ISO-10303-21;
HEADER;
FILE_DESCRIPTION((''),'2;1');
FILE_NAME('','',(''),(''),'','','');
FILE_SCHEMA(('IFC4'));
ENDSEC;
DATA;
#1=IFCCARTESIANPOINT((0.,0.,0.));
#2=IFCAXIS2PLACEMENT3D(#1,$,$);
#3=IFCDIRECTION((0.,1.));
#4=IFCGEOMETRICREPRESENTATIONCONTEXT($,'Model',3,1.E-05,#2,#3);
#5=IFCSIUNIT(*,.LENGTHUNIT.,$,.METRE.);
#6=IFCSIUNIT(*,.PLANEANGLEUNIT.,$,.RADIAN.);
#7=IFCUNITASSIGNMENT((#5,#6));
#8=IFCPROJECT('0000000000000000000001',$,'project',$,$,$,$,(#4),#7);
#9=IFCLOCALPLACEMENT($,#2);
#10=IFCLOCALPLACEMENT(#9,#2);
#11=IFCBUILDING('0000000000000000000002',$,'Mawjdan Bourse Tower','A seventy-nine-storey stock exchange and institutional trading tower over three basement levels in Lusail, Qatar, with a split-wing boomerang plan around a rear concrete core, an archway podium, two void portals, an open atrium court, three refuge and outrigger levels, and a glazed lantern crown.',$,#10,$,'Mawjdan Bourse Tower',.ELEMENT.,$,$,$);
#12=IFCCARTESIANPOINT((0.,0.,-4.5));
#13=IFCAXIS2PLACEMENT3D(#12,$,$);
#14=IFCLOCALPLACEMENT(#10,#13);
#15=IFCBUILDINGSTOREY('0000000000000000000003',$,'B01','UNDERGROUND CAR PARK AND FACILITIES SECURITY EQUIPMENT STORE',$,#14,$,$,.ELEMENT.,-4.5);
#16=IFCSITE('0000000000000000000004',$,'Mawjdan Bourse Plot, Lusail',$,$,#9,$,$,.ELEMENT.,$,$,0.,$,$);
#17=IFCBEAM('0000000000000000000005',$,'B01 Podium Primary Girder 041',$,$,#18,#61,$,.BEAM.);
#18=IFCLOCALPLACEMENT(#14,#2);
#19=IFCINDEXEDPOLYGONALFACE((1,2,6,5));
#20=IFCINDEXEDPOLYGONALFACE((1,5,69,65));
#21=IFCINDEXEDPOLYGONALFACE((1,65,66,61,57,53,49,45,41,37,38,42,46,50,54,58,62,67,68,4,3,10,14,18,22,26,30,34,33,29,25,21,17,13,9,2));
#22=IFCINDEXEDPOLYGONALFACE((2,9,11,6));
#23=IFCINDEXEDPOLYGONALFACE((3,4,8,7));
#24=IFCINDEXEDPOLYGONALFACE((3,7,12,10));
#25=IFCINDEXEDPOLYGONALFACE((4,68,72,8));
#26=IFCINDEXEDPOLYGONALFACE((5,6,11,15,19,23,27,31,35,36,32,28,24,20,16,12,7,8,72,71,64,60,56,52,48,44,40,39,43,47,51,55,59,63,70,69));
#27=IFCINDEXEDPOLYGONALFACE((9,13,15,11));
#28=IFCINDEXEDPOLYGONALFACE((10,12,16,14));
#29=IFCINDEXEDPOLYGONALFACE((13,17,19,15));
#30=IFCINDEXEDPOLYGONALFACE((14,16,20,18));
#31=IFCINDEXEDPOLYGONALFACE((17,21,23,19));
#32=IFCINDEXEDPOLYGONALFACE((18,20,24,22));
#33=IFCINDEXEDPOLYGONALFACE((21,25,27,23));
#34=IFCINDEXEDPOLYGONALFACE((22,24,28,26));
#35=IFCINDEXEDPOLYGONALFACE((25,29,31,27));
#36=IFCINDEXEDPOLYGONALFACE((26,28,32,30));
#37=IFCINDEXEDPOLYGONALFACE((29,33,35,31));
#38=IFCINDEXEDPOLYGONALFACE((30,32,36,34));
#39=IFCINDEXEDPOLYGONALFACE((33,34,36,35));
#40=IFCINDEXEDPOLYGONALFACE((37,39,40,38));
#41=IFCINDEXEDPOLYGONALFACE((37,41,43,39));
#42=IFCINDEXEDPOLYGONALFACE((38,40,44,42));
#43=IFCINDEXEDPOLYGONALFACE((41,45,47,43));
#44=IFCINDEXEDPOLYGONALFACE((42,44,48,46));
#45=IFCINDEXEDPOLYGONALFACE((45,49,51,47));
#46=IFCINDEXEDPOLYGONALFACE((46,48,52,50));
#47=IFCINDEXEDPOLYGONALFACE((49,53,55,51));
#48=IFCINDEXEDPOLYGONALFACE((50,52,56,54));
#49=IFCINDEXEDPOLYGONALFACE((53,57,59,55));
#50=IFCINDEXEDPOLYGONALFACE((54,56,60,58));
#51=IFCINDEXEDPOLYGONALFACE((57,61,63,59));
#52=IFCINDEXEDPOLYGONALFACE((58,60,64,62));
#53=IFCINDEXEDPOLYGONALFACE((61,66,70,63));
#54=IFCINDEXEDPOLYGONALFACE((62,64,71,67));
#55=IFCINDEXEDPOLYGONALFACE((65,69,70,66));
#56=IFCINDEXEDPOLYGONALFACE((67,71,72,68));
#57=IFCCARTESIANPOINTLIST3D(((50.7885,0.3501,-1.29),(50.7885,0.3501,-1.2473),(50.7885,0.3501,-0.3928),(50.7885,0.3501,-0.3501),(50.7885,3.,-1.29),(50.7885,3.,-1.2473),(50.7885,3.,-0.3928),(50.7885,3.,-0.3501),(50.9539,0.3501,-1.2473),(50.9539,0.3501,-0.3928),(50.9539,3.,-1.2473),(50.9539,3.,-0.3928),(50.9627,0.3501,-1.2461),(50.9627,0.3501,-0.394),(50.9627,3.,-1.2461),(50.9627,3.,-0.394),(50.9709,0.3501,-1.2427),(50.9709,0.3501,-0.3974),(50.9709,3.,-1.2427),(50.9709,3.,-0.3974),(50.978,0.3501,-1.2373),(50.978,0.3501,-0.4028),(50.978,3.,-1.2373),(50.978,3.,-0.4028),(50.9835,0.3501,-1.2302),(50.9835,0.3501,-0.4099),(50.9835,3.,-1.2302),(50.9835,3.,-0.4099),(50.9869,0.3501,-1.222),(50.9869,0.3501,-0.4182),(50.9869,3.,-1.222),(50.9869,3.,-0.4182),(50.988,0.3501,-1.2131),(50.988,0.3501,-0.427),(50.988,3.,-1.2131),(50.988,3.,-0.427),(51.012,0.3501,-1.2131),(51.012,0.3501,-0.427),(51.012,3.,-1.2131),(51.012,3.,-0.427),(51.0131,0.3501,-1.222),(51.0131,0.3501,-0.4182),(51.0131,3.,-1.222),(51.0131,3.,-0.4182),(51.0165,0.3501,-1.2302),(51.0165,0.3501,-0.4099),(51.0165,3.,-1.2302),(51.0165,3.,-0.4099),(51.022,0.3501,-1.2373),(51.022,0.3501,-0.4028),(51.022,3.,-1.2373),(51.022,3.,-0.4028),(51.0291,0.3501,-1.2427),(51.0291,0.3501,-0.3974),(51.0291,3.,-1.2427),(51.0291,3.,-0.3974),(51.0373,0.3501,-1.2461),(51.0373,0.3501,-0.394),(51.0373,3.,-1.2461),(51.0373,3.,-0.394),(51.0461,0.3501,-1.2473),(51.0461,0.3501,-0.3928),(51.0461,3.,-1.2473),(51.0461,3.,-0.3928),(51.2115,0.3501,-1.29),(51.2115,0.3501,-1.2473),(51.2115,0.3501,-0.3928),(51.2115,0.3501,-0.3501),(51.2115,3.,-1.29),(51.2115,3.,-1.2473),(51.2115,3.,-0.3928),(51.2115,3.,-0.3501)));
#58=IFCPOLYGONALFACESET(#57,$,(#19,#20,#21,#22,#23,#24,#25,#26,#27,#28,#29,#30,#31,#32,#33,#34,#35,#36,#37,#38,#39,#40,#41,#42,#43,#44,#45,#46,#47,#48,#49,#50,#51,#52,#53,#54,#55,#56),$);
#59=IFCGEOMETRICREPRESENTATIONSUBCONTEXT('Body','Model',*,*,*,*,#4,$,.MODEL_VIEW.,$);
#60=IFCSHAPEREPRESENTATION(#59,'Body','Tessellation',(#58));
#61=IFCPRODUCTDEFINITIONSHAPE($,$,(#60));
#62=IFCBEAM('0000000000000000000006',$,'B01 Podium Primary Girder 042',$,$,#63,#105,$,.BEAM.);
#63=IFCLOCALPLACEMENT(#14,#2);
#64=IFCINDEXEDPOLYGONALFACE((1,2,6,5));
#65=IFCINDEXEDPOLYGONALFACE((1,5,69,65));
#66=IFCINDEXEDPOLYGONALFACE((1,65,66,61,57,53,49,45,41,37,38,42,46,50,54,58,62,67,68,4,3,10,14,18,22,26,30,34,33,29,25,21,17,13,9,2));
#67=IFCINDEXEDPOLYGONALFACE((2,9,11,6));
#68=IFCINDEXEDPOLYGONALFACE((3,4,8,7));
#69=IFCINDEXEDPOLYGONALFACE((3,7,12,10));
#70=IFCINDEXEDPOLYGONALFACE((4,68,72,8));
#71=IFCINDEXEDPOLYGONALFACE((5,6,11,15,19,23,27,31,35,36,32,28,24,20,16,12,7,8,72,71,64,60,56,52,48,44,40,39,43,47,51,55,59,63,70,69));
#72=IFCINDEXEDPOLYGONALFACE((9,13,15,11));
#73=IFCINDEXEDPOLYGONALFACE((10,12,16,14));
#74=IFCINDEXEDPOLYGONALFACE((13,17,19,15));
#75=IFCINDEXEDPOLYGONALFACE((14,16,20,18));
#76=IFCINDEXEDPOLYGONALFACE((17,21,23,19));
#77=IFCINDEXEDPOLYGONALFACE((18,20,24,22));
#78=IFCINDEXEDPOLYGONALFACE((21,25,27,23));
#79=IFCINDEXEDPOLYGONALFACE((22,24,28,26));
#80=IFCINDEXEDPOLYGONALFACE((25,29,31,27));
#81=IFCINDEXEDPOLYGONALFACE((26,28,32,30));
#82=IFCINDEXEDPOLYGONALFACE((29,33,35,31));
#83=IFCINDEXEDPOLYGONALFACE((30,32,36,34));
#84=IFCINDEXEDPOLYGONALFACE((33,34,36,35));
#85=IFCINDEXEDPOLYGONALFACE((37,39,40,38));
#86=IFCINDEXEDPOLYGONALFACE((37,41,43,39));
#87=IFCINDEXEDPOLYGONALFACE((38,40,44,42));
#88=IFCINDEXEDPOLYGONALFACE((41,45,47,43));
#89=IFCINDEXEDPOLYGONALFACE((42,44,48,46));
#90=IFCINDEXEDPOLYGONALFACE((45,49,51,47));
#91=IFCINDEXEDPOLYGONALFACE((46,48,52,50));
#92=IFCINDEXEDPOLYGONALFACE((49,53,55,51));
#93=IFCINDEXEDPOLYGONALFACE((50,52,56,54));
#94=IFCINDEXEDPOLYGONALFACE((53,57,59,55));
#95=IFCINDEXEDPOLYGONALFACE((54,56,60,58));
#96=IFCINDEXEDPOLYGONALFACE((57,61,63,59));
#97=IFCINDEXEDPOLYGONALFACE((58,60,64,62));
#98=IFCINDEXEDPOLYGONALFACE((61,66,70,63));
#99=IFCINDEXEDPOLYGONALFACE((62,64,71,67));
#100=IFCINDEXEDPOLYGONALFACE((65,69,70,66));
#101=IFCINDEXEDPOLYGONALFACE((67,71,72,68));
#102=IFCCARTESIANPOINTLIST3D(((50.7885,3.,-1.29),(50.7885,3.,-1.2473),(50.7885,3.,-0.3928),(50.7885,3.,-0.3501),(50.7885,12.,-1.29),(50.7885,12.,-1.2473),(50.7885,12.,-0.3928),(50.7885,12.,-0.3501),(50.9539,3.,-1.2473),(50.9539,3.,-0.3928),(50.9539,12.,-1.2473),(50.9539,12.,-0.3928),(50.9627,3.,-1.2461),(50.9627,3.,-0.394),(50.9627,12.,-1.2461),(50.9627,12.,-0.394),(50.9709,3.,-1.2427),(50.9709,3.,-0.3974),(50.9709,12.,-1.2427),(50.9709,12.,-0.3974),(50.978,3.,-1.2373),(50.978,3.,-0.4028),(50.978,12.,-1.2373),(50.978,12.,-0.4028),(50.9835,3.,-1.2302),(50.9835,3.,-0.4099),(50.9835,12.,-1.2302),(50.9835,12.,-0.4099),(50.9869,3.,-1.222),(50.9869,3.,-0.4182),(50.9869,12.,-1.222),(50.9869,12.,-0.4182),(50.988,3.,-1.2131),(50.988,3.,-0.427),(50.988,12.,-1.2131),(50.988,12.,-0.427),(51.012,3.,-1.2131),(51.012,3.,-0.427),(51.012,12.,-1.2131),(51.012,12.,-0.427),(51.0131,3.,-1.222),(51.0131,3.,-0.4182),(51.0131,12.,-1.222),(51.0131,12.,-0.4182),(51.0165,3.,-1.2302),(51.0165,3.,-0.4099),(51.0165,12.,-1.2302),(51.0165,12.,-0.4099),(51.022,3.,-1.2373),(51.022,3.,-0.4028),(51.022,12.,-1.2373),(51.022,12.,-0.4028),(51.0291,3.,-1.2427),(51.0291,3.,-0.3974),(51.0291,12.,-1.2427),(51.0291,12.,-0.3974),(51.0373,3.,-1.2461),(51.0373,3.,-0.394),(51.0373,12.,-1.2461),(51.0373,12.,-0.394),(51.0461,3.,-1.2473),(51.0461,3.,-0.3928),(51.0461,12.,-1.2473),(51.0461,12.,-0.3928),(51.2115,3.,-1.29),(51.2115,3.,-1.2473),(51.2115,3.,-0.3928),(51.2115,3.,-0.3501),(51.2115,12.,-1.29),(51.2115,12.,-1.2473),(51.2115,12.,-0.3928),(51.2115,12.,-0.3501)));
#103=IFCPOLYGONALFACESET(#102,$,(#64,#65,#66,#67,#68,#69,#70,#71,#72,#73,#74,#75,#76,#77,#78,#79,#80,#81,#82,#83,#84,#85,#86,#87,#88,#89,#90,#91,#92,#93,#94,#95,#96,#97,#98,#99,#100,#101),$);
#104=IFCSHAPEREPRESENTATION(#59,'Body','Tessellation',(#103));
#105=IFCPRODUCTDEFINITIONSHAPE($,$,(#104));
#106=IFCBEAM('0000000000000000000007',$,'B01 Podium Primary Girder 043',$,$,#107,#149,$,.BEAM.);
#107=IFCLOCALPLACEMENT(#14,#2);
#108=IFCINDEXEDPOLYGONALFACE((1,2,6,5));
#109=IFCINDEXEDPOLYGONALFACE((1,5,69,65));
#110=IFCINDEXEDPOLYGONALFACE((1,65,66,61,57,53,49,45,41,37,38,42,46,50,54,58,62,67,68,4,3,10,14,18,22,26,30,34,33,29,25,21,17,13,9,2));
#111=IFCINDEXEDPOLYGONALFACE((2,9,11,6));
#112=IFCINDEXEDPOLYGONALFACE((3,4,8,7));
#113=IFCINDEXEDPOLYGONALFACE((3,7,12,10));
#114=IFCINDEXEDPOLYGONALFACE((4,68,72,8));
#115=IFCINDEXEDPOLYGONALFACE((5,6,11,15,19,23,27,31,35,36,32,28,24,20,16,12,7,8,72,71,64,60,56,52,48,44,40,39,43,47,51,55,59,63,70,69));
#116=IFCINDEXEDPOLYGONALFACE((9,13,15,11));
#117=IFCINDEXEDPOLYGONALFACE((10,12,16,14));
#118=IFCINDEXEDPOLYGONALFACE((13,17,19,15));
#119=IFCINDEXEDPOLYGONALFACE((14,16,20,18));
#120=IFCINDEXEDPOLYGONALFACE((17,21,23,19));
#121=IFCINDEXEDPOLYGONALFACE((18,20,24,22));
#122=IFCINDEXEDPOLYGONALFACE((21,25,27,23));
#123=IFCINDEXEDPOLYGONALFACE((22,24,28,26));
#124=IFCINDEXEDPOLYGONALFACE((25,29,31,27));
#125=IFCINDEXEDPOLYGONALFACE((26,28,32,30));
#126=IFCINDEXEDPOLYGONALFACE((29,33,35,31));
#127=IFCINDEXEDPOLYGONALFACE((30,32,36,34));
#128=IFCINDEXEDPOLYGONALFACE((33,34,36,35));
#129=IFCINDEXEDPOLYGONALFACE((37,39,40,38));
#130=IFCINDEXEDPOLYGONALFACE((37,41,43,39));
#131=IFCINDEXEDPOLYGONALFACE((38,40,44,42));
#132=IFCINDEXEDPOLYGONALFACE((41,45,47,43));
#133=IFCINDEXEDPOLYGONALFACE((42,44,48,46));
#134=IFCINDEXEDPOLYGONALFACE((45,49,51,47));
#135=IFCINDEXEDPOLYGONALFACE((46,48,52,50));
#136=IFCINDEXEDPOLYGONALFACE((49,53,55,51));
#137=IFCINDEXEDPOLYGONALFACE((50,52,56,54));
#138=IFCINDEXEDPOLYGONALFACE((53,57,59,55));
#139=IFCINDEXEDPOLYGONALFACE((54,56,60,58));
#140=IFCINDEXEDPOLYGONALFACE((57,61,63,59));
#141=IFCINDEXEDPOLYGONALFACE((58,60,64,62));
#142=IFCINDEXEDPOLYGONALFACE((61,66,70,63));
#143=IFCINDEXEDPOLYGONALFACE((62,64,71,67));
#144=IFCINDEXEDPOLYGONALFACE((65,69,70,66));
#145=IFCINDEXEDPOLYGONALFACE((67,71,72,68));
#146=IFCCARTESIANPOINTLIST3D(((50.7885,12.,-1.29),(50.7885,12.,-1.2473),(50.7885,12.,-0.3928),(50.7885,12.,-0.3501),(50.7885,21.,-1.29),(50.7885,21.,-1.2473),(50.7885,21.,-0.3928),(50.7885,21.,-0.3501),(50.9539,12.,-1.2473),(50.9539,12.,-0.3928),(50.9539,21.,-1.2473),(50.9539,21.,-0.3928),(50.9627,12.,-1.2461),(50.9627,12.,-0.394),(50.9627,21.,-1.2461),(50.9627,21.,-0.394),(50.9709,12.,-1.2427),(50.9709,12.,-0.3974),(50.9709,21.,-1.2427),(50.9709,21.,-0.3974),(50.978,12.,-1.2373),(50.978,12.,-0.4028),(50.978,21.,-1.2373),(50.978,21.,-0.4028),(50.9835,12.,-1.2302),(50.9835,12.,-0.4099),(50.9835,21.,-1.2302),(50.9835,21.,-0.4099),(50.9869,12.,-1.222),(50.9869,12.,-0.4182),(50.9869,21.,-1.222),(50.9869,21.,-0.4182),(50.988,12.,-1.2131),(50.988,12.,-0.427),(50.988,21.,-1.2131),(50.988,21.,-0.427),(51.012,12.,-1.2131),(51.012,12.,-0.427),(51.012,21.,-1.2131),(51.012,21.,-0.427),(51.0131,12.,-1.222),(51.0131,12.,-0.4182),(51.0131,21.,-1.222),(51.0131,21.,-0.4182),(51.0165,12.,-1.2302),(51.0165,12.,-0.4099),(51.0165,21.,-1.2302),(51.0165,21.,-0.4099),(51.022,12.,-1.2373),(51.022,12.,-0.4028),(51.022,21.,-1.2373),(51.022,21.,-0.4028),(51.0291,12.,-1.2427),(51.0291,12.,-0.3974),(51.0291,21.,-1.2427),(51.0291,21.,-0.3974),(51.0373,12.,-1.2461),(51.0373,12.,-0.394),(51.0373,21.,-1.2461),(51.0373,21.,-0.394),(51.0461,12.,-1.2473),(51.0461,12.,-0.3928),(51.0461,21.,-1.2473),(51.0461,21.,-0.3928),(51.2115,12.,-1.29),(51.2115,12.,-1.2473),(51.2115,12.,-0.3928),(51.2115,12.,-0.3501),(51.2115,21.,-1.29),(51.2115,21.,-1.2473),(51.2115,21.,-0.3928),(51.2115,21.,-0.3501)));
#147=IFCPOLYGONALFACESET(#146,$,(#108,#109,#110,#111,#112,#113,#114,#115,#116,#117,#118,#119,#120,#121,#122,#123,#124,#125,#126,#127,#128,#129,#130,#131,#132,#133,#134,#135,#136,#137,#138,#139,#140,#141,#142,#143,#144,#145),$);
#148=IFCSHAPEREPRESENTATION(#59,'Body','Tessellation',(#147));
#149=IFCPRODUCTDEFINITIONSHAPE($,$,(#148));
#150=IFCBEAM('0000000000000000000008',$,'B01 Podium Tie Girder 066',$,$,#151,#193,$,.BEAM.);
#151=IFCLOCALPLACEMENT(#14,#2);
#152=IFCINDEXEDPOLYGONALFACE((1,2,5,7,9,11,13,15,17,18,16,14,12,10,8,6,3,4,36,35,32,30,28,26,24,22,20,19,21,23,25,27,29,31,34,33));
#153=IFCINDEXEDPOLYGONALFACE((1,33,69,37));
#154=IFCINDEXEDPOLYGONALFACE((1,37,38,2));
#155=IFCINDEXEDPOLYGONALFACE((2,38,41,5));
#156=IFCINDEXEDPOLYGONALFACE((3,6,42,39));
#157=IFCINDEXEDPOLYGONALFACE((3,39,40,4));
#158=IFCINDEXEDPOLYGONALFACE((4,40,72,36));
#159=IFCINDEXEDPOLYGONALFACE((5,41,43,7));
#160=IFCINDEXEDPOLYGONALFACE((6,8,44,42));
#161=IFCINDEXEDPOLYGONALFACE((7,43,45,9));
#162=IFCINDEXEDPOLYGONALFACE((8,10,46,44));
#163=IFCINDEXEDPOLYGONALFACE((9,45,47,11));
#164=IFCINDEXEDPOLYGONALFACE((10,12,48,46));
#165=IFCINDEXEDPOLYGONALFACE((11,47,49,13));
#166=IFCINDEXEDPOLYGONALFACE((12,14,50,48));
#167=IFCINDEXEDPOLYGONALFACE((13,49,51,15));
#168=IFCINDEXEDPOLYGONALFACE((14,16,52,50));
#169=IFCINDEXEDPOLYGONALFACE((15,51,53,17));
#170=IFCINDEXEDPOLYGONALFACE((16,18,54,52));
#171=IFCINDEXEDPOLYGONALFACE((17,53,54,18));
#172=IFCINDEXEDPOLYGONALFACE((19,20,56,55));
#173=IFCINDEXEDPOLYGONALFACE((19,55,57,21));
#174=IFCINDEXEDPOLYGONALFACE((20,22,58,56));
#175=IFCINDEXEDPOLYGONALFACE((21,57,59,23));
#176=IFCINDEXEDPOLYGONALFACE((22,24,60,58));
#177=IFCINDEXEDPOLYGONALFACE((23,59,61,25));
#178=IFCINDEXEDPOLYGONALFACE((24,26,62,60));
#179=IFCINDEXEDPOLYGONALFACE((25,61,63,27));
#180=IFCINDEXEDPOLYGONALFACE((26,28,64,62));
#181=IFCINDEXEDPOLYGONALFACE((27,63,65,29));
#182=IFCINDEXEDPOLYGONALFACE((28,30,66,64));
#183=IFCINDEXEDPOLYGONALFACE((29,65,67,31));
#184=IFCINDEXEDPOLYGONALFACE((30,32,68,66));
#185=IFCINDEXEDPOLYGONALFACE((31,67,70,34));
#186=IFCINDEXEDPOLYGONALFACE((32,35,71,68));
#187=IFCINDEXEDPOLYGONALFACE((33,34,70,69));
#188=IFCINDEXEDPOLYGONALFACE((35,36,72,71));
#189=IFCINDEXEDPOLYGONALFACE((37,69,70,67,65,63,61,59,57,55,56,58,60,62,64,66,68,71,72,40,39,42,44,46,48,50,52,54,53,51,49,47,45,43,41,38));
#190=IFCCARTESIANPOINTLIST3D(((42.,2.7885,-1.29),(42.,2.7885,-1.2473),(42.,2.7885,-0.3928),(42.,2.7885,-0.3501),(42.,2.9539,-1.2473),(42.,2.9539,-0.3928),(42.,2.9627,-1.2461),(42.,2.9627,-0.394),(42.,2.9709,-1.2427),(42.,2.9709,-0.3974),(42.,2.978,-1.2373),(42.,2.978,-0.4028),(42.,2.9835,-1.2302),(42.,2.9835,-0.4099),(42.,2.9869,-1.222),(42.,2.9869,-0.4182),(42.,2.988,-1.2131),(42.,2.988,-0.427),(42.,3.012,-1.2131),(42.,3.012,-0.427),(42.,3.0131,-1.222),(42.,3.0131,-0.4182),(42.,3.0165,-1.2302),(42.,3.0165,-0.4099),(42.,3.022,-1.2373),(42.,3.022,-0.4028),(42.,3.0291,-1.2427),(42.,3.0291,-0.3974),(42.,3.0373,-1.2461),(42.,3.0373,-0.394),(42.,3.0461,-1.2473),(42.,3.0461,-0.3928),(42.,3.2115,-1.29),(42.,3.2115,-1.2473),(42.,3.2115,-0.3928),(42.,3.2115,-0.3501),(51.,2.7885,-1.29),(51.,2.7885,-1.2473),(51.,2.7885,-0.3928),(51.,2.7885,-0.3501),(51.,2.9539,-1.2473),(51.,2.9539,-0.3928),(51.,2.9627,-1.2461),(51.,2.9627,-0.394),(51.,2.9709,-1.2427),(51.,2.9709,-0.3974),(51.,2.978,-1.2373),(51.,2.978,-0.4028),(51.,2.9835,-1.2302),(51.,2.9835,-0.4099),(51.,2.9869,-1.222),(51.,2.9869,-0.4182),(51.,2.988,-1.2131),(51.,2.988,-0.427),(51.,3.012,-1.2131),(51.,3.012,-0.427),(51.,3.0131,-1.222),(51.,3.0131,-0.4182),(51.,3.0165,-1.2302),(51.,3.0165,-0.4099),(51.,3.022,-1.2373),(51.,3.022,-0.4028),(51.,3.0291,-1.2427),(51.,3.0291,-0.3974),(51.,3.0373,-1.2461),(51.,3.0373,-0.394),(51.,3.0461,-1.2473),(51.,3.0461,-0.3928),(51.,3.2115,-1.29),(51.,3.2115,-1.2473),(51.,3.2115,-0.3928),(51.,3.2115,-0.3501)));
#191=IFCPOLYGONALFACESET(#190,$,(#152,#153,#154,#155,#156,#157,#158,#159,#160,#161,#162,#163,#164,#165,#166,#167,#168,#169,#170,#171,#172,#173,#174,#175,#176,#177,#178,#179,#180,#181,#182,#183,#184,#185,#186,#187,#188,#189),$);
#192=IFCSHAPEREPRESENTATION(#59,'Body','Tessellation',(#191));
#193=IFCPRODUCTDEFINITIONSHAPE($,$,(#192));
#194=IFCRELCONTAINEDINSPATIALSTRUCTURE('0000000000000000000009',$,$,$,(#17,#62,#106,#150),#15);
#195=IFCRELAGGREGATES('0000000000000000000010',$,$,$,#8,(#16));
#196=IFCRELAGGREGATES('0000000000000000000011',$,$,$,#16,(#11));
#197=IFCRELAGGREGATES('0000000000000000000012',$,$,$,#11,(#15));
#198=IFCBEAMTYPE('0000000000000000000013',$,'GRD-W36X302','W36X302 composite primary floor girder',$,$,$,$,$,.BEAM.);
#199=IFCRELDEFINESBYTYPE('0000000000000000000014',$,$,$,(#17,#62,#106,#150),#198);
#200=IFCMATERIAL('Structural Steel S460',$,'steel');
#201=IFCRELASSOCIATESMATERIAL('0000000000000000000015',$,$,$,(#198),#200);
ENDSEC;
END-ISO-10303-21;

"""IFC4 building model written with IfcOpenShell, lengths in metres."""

from ifc_helpers import new_model, si_unit, direction, frame, origin, origin_2d, place, context, subcontext, project, spatial, i_section, extrude, material, material_profile, profile_set, type_object, element, save


model = new_model("IFC4")

# Units and contexts
model_context = context("Model", 3, precision=1e-05, world=origin(), true_north=direction((0.0, 1.0)))
body_context = subcontext(model_context, "Body", "Model", "MODEL_VIEW")
ifc_project = project(units=[si_unit("LENGTHUNIT", "METRE"), si_unit("PLANEANGLEUNIT", "RADIAN")], contexts=[model_context])

# Site, building, storey
site_placement = place(None, origin())
site = spatial("IfcSite", under=ifc_project, at=site_placement, Name="Mawjdan Bourse Plot, Lusail", CompositionType="ELEMENT", RefElevation=0.0)
building_placement = place(site_placement, origin())
building = spatial("IfcBuilding", under=site, at=building_placement, Name="Mawjdan Bourse Tower", Description="A seventy-nine-storey stock exchange and institutional trading tower over three basement levels in Lusail, Qatar, with a split-wing boomerang plan around a rear concrete core, an archway podium, two void portals, an open atrium court, three refuge and outrigger levels, and a glazed lantern crown.", LongName="Mawjdan Bourse Tower", CompositionType="ELEMENT")
storey_placement = place(building_placement, frame((0.0, 0.0, -4.5)))
storey = spatial("IfcBuildingStorey", under=building, at=storey_placement, Name="B01", Description="UNDERGROUND CAR PARK AND FACILITIES SECURITY EQUIPMENT STORE", CompositionType="ELEMENT", Elevation=-4.5)

# Beams
ifc_material_1 = material(Name="Structural Steel S460", Category="steel")
ifc_material_profile_1 = material_profile(ifc_material_1, i_section(OverallWidth=0.4231, OverallDepth=0.9399, WebThickness=0.0239, FlangeThickness=0.0427, FilletRadius=0.0342, at=origin_2d()), Name="W36X302")
ifc_profile_set_1 = profile_set([ifc_material_profile_1], Name="Structural Steel S460")
beam_type_1 = type_object("IfcBeamType", Name="GRD-W36X302", Description="W36X302 composite primary floor girder", PredefinedType="BEAM", material=ifc_profile_set_1)
beam_1_placement = place(storey_placement, frame((51.0, 0.3501, -0.8201), z_axis=(0.0, 1.0, 0.0), x_axis=(-1.0, 0.0, 0.0)))
element("IfcBeam", 1, at=beam_1_placement, inside=storey, type_object=beam_type_1, Name="B01 Podium Primary Girder 041", PredefinedType="BEAM", context=body_context, shape_type="SweptSolid", body=[
    extrude(i_section(OverallWidth=0.4231, OverallDepth=0.9399, WebThickness=0.0239, FlangeThickness=0.0427, FilletRadius=0.0342, at=origin_2d()), origin(), (0.0, 0.0, 1.0), 2.6499),
])
for number, where, z_axis, x_axis, name in (
    (2, (51.0, 3.0, -0.8201), (0.0, 1.0, 0.0), (-1.0, 0.0, 0.0), "B01 Podium Primary Girder 042"),
    (3, (51.0, 12.0, -0.8201), (0.0, 1.0, 0.0), (-1.0, 0.0, 0.0), "B01 Podium Primary Girder 043"),
    (4, (42.0, 3.0, -0.8201), (1.0, 0.0, 0.0), (0.0, 1.0, 0.0), "B01 Podium Tie Girder 066"),
):
    element("IfcBeam", number, at=place(storey_placement, frame(where, z_axis=z_axis, x_axis=x_axis)), inside=storey, type_object=beam_type_1, Name=name, PredefinedType="BEAM", context=body_context, shape_type="SweptSolid", body=[
        extrude(i_section(OverallWidth=0.4231, OverallDepth=0.9399, WebThickness=0.0239, FlangeThickness=0.0427, FilletRadius=0.0342, at=origin_2d()), origin(), (0.0, 0.0, 1.0), 9.0),
    ])

save(model, "model.ifc")
